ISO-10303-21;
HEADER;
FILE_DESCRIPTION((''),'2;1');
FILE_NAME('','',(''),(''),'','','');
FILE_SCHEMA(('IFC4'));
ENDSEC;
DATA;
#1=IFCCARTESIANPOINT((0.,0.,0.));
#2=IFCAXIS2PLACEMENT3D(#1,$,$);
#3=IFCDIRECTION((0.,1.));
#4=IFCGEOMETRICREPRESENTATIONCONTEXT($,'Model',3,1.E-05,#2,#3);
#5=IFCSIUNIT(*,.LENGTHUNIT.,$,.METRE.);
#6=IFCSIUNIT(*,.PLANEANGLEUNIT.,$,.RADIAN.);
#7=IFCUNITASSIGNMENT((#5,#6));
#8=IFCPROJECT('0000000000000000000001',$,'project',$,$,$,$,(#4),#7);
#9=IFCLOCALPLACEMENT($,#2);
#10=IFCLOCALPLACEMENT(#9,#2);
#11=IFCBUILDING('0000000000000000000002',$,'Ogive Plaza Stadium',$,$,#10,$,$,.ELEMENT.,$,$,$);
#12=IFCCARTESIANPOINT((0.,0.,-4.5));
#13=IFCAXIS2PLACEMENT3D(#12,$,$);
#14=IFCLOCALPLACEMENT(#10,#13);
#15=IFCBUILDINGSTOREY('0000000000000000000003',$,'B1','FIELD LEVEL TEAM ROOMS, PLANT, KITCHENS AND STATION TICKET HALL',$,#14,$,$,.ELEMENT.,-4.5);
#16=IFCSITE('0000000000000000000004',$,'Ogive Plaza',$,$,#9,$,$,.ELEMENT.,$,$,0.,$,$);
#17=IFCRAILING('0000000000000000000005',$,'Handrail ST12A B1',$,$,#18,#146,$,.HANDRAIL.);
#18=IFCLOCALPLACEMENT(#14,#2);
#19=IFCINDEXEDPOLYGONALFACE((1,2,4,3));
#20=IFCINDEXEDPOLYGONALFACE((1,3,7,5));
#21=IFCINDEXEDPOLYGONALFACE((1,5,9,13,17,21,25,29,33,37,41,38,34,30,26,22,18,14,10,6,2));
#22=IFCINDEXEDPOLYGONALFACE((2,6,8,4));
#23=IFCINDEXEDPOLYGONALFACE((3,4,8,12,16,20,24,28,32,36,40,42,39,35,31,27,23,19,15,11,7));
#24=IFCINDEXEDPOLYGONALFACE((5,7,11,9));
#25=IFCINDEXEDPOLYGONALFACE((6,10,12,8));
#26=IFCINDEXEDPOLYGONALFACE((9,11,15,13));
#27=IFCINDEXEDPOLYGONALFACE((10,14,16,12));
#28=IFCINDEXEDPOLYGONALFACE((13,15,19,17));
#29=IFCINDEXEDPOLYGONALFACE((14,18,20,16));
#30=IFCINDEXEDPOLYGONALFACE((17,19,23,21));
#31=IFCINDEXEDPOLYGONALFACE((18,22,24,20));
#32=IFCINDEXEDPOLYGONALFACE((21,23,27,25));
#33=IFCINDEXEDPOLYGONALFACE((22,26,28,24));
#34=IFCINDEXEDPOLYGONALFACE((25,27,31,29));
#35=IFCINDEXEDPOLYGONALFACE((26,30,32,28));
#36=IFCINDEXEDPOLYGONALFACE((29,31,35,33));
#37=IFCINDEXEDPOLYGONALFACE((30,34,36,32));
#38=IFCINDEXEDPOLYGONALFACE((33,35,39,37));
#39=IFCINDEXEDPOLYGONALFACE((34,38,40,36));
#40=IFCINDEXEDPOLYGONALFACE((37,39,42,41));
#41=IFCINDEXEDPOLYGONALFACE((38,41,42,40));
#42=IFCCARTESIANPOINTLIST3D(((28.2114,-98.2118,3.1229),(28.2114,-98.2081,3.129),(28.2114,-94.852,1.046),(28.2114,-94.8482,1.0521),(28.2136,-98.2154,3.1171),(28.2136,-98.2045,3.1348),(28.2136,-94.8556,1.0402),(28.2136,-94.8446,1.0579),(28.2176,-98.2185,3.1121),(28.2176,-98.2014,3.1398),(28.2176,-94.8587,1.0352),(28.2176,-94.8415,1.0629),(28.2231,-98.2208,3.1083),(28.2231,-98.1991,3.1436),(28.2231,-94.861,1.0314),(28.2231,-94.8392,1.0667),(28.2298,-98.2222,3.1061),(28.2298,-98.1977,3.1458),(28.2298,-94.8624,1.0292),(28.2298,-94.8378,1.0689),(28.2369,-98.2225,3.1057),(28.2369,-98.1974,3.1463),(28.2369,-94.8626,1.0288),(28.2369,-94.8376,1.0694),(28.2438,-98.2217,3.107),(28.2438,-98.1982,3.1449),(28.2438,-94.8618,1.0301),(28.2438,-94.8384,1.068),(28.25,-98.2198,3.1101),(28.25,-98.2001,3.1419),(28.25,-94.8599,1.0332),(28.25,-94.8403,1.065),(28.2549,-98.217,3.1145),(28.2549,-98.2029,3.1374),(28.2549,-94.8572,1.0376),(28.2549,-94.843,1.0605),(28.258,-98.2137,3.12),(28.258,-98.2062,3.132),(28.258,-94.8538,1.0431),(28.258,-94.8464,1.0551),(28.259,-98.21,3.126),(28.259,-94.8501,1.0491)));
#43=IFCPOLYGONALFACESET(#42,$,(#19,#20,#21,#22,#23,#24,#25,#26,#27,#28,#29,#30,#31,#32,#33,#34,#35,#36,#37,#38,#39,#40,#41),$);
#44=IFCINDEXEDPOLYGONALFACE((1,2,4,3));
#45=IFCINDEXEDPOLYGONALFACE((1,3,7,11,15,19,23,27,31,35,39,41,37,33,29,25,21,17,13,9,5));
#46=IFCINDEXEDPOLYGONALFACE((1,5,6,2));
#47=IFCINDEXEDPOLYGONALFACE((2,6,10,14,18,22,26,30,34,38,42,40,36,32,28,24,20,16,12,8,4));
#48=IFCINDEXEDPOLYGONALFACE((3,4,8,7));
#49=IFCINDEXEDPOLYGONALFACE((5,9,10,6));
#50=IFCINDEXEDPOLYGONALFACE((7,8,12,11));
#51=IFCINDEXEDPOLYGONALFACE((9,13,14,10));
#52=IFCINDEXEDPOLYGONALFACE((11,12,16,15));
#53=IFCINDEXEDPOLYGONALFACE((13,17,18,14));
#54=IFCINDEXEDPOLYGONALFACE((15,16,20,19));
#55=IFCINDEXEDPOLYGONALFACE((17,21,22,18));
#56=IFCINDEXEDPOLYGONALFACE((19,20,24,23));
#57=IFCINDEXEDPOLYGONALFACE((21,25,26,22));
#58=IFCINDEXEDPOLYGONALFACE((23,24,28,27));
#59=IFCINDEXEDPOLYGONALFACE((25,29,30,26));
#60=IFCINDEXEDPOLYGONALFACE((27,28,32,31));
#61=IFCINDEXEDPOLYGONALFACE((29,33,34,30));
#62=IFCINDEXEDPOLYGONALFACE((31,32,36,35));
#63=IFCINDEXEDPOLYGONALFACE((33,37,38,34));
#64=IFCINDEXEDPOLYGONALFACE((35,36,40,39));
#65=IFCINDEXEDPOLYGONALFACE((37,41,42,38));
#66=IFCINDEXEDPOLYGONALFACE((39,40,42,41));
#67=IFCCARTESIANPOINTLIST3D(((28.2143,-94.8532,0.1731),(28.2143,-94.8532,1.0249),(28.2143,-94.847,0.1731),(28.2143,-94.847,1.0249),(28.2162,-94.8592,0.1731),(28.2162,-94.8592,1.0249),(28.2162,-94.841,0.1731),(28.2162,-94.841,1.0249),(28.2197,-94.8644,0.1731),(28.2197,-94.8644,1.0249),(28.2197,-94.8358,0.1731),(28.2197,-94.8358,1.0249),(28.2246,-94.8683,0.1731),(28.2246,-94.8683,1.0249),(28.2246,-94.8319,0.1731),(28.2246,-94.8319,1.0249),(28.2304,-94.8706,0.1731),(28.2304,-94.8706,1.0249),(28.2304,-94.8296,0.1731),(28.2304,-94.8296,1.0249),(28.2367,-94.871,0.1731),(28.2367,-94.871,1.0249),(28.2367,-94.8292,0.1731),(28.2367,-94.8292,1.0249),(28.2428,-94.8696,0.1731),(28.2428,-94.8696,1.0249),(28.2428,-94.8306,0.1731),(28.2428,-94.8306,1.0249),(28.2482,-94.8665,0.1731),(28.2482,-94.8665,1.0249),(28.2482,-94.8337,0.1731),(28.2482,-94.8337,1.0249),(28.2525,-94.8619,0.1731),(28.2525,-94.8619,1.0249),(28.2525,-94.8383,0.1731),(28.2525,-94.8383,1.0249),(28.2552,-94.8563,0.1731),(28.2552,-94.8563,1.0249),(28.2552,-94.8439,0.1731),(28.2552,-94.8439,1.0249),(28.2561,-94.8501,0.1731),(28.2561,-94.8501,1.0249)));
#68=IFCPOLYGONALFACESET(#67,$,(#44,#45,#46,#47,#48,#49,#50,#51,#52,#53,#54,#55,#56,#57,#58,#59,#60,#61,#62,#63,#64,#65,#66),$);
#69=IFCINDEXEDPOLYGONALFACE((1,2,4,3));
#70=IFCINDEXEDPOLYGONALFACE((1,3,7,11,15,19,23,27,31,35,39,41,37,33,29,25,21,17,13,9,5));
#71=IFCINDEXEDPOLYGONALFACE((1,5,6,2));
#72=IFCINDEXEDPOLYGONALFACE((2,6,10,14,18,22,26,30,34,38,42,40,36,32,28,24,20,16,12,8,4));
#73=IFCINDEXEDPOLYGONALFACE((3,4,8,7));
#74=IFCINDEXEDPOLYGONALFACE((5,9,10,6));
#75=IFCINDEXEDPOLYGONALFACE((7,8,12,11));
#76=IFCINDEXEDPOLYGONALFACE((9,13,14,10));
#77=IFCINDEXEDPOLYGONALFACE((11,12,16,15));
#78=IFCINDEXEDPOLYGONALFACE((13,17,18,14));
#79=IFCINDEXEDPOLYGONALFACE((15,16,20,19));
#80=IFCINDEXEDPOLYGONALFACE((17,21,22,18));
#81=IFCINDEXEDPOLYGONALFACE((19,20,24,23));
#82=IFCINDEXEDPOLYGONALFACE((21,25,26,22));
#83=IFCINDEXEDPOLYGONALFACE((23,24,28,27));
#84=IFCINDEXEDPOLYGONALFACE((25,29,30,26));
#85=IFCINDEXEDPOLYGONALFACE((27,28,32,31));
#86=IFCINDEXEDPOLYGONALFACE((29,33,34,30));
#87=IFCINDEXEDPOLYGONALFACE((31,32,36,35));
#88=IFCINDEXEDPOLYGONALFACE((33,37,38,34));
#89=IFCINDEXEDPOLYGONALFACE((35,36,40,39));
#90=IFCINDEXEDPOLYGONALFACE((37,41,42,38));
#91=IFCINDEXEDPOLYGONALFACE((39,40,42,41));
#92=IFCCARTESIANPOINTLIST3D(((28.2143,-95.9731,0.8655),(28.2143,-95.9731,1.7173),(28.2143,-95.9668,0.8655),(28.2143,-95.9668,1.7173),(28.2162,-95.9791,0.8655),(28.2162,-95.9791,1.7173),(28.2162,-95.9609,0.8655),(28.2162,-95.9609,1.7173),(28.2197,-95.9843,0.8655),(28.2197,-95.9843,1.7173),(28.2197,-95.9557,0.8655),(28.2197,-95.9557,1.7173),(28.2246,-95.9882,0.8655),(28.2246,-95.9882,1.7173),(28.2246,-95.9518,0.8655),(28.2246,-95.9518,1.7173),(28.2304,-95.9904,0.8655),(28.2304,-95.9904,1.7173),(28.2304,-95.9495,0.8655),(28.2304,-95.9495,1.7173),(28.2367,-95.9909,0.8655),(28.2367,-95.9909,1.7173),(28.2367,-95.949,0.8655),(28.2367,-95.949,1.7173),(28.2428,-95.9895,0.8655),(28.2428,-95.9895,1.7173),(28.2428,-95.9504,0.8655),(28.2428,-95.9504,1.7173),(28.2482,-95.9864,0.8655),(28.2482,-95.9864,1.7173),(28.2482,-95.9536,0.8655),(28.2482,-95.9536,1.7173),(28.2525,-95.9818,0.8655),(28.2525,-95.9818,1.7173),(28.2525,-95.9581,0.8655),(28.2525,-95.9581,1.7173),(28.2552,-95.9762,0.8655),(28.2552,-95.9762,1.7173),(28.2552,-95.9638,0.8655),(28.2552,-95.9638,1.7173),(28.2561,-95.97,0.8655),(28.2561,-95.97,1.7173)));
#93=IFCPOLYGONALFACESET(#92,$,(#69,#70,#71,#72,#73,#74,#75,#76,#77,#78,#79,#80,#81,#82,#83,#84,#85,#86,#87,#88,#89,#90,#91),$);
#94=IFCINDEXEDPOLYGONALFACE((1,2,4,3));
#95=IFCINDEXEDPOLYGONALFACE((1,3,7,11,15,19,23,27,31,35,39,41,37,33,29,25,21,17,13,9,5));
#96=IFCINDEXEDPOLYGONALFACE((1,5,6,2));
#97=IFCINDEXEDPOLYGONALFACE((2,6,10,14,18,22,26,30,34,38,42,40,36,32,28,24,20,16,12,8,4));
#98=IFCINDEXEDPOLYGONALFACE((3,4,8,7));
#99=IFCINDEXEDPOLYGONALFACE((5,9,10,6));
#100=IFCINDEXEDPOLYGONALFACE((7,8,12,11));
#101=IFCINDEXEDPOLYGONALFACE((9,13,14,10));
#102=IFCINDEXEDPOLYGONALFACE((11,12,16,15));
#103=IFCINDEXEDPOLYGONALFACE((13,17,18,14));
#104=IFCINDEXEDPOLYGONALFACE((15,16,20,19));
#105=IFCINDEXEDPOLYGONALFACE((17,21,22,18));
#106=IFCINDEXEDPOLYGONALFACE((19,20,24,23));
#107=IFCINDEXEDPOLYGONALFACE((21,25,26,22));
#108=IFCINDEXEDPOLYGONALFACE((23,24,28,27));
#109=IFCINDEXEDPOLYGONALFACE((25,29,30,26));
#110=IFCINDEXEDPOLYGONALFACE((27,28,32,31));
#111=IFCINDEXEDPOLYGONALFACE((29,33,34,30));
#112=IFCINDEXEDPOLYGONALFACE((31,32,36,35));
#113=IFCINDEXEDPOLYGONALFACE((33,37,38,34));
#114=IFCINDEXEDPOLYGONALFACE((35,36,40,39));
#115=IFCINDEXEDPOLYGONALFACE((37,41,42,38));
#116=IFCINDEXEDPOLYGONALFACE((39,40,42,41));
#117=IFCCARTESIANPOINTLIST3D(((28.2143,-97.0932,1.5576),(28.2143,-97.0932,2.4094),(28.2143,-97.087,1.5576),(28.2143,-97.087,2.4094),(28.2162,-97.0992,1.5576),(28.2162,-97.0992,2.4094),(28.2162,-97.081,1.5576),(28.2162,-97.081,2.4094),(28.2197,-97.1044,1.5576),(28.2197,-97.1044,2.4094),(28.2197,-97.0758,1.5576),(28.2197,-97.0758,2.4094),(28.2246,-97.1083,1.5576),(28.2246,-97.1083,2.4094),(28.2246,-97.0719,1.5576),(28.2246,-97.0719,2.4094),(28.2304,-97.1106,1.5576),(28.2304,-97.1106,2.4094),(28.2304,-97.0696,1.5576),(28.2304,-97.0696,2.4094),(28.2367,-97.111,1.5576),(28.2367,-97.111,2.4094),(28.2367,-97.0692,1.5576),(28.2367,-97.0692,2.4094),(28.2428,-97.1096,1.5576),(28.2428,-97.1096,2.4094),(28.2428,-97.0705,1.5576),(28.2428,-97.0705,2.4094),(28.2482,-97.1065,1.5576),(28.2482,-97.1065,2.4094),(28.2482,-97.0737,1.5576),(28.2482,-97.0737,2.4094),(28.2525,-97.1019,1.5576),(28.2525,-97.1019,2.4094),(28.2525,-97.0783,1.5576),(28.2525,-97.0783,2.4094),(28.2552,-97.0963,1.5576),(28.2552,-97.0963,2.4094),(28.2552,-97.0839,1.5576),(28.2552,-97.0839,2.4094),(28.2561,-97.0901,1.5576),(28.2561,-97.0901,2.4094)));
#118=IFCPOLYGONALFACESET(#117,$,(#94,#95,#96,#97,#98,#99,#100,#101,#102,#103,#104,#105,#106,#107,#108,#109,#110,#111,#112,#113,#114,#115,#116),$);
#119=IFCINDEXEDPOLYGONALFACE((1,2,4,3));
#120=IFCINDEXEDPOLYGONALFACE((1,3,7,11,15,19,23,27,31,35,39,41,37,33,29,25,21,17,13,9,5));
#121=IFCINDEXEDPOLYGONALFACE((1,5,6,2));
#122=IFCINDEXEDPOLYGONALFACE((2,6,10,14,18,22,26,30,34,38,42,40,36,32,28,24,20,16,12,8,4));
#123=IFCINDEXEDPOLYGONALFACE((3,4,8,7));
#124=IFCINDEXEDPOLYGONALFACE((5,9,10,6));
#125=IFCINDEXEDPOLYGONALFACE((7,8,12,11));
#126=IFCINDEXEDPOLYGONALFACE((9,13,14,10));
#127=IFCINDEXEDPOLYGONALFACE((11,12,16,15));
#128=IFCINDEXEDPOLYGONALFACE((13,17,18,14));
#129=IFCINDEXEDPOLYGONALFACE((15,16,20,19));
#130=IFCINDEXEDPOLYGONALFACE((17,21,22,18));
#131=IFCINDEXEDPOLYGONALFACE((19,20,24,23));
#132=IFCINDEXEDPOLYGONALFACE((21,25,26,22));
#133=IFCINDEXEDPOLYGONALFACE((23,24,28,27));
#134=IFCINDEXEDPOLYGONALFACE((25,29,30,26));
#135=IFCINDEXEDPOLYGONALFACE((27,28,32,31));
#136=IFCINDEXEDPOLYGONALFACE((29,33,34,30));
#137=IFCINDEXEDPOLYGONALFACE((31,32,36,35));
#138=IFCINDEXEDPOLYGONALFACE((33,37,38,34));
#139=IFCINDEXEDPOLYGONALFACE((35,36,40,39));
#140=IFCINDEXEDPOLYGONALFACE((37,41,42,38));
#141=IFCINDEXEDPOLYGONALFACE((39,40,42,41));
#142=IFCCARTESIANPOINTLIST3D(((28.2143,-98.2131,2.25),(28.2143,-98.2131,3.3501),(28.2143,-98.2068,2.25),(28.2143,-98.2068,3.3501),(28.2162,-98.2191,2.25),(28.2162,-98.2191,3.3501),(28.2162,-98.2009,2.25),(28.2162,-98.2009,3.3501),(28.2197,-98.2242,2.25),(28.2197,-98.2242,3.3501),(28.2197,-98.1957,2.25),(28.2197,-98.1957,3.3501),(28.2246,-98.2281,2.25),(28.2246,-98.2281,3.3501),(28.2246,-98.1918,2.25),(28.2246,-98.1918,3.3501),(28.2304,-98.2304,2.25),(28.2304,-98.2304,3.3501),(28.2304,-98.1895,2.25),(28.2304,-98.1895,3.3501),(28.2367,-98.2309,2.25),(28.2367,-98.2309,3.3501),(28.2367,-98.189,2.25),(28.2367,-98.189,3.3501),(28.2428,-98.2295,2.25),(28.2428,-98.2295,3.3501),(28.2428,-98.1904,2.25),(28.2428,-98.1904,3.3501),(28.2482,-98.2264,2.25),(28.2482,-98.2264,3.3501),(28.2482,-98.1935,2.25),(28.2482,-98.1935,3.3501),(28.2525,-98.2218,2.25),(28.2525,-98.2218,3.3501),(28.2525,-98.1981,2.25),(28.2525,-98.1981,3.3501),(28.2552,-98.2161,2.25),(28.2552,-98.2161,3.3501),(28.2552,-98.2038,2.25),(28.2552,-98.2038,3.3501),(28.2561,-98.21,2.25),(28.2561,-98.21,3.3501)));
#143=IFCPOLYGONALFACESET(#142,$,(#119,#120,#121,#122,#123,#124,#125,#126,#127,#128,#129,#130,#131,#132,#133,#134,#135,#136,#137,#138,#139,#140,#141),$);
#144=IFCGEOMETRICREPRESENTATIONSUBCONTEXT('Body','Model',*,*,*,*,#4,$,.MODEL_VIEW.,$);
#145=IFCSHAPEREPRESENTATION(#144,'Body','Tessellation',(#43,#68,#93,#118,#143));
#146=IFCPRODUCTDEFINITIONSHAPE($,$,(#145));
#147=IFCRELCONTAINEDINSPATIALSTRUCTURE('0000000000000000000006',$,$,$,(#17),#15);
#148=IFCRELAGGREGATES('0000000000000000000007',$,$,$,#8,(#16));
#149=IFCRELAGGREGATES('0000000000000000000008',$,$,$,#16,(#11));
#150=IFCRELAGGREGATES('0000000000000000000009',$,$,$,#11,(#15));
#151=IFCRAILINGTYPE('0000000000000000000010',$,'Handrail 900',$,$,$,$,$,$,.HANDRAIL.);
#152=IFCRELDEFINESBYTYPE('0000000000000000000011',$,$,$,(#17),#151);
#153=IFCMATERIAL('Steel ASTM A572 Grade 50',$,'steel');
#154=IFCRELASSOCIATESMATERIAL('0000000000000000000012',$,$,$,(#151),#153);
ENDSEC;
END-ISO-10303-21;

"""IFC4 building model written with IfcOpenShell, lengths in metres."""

from ifc_helpers import new_model, si_unit, direction, frame, origin, origin_2d, place, context, subcontext, project, spatial, circle, extrude, material, type_object, element, save


model = new_model("IFC4")

# Units and contexts
model_context = context("Model", 3, precision=1e-05, world=origin(), true_north=direction((0.0, 1.0)))
body_context = subcontext(model_context, "Body", "Model", "MODEL_VIEW")
ifc_project = project(units=[si_unit("LENGTHUNIT", "METRE"), si_unit("PLANEANGLEUNIT", "RADIAN")], contexts=[model_context])

# Site, building, storey
site_placement = place(None, origin())
site = spatial("IfcSite", under=ifc_project, at=site_placement, Name="Ogive Plaza", CompositionType="ELEMENT", RefElevation=0.0)
building_placement = place(site_placement, origin())
building = spatial("IfcBuilding", under=site, at=building_placement, Name="Ogive Plaza Stadium", CompositionType="ELEMENT")
storey_placement = place(building_placement, frame((0.0, 0.0, -4.5)))
storey = spatial("IfcBuildingStorey", under=building, at=storey_placement, Name="B1", Description="FIELD LEVEL TEAM ROOMS, PLANT, KITCHENS AND STATION TICKET HALL", CompositionType="ELEMENT", Elevation=-4.5)

# Railing
ifc_material_1 = material(Name="Steel ASTM A572 Grade 50", Category="steel")
railing_type_1 = type_object("IfcRailingType", Name="Handrail 900", PredefinedType="HANDRAIL", material=ifc_material_1)
for number, where, name in (
    (1, (28.2351, -94.8501, 0.1731), "Handrail ST12A B1"),
):
    element("IfcRailing", number, at=place(storey_placement, frame(where)), inside=storey, type_object=railing_type_1, Name=name, PredefinedType="HANDRAIL", context=body_context, shape_type="SweptSolid", body=[
        extrude(circle(Radius=0.0239, at=origin_2d()), frame((0.0, 0.0, 0.876), z_axis=(0.0, -0.850606, 0.525803), x_axis=(1.0, 0.0, 0.0)), (0.0, 0.0, 1.0), 3.95),
        extrude(circle(Radius=0.021, at=origin_2d()), origin(), (0.0, 0.0, 1.0), 0.8518),
        extrude(circle(Radius=0.021, at=origin_2d()), frame((0.0, -1.1199, 0.6924)), (0.0, 0.0, 1.0), 0.8518),
        extrude(circle(Radius=0.021, at=origin_2d()), frame((0.0, -2.24, 1.3845)), (0.0, 0.0, 1.0), 0.8518),
        extrude(circle(Radius=0.021, at=origin_2d()), frame((0.0, -3.3599, 2.0769)), (0.0, 0.0, 1.0), 1.1001),
    ])

save(model, "model.ifc")
